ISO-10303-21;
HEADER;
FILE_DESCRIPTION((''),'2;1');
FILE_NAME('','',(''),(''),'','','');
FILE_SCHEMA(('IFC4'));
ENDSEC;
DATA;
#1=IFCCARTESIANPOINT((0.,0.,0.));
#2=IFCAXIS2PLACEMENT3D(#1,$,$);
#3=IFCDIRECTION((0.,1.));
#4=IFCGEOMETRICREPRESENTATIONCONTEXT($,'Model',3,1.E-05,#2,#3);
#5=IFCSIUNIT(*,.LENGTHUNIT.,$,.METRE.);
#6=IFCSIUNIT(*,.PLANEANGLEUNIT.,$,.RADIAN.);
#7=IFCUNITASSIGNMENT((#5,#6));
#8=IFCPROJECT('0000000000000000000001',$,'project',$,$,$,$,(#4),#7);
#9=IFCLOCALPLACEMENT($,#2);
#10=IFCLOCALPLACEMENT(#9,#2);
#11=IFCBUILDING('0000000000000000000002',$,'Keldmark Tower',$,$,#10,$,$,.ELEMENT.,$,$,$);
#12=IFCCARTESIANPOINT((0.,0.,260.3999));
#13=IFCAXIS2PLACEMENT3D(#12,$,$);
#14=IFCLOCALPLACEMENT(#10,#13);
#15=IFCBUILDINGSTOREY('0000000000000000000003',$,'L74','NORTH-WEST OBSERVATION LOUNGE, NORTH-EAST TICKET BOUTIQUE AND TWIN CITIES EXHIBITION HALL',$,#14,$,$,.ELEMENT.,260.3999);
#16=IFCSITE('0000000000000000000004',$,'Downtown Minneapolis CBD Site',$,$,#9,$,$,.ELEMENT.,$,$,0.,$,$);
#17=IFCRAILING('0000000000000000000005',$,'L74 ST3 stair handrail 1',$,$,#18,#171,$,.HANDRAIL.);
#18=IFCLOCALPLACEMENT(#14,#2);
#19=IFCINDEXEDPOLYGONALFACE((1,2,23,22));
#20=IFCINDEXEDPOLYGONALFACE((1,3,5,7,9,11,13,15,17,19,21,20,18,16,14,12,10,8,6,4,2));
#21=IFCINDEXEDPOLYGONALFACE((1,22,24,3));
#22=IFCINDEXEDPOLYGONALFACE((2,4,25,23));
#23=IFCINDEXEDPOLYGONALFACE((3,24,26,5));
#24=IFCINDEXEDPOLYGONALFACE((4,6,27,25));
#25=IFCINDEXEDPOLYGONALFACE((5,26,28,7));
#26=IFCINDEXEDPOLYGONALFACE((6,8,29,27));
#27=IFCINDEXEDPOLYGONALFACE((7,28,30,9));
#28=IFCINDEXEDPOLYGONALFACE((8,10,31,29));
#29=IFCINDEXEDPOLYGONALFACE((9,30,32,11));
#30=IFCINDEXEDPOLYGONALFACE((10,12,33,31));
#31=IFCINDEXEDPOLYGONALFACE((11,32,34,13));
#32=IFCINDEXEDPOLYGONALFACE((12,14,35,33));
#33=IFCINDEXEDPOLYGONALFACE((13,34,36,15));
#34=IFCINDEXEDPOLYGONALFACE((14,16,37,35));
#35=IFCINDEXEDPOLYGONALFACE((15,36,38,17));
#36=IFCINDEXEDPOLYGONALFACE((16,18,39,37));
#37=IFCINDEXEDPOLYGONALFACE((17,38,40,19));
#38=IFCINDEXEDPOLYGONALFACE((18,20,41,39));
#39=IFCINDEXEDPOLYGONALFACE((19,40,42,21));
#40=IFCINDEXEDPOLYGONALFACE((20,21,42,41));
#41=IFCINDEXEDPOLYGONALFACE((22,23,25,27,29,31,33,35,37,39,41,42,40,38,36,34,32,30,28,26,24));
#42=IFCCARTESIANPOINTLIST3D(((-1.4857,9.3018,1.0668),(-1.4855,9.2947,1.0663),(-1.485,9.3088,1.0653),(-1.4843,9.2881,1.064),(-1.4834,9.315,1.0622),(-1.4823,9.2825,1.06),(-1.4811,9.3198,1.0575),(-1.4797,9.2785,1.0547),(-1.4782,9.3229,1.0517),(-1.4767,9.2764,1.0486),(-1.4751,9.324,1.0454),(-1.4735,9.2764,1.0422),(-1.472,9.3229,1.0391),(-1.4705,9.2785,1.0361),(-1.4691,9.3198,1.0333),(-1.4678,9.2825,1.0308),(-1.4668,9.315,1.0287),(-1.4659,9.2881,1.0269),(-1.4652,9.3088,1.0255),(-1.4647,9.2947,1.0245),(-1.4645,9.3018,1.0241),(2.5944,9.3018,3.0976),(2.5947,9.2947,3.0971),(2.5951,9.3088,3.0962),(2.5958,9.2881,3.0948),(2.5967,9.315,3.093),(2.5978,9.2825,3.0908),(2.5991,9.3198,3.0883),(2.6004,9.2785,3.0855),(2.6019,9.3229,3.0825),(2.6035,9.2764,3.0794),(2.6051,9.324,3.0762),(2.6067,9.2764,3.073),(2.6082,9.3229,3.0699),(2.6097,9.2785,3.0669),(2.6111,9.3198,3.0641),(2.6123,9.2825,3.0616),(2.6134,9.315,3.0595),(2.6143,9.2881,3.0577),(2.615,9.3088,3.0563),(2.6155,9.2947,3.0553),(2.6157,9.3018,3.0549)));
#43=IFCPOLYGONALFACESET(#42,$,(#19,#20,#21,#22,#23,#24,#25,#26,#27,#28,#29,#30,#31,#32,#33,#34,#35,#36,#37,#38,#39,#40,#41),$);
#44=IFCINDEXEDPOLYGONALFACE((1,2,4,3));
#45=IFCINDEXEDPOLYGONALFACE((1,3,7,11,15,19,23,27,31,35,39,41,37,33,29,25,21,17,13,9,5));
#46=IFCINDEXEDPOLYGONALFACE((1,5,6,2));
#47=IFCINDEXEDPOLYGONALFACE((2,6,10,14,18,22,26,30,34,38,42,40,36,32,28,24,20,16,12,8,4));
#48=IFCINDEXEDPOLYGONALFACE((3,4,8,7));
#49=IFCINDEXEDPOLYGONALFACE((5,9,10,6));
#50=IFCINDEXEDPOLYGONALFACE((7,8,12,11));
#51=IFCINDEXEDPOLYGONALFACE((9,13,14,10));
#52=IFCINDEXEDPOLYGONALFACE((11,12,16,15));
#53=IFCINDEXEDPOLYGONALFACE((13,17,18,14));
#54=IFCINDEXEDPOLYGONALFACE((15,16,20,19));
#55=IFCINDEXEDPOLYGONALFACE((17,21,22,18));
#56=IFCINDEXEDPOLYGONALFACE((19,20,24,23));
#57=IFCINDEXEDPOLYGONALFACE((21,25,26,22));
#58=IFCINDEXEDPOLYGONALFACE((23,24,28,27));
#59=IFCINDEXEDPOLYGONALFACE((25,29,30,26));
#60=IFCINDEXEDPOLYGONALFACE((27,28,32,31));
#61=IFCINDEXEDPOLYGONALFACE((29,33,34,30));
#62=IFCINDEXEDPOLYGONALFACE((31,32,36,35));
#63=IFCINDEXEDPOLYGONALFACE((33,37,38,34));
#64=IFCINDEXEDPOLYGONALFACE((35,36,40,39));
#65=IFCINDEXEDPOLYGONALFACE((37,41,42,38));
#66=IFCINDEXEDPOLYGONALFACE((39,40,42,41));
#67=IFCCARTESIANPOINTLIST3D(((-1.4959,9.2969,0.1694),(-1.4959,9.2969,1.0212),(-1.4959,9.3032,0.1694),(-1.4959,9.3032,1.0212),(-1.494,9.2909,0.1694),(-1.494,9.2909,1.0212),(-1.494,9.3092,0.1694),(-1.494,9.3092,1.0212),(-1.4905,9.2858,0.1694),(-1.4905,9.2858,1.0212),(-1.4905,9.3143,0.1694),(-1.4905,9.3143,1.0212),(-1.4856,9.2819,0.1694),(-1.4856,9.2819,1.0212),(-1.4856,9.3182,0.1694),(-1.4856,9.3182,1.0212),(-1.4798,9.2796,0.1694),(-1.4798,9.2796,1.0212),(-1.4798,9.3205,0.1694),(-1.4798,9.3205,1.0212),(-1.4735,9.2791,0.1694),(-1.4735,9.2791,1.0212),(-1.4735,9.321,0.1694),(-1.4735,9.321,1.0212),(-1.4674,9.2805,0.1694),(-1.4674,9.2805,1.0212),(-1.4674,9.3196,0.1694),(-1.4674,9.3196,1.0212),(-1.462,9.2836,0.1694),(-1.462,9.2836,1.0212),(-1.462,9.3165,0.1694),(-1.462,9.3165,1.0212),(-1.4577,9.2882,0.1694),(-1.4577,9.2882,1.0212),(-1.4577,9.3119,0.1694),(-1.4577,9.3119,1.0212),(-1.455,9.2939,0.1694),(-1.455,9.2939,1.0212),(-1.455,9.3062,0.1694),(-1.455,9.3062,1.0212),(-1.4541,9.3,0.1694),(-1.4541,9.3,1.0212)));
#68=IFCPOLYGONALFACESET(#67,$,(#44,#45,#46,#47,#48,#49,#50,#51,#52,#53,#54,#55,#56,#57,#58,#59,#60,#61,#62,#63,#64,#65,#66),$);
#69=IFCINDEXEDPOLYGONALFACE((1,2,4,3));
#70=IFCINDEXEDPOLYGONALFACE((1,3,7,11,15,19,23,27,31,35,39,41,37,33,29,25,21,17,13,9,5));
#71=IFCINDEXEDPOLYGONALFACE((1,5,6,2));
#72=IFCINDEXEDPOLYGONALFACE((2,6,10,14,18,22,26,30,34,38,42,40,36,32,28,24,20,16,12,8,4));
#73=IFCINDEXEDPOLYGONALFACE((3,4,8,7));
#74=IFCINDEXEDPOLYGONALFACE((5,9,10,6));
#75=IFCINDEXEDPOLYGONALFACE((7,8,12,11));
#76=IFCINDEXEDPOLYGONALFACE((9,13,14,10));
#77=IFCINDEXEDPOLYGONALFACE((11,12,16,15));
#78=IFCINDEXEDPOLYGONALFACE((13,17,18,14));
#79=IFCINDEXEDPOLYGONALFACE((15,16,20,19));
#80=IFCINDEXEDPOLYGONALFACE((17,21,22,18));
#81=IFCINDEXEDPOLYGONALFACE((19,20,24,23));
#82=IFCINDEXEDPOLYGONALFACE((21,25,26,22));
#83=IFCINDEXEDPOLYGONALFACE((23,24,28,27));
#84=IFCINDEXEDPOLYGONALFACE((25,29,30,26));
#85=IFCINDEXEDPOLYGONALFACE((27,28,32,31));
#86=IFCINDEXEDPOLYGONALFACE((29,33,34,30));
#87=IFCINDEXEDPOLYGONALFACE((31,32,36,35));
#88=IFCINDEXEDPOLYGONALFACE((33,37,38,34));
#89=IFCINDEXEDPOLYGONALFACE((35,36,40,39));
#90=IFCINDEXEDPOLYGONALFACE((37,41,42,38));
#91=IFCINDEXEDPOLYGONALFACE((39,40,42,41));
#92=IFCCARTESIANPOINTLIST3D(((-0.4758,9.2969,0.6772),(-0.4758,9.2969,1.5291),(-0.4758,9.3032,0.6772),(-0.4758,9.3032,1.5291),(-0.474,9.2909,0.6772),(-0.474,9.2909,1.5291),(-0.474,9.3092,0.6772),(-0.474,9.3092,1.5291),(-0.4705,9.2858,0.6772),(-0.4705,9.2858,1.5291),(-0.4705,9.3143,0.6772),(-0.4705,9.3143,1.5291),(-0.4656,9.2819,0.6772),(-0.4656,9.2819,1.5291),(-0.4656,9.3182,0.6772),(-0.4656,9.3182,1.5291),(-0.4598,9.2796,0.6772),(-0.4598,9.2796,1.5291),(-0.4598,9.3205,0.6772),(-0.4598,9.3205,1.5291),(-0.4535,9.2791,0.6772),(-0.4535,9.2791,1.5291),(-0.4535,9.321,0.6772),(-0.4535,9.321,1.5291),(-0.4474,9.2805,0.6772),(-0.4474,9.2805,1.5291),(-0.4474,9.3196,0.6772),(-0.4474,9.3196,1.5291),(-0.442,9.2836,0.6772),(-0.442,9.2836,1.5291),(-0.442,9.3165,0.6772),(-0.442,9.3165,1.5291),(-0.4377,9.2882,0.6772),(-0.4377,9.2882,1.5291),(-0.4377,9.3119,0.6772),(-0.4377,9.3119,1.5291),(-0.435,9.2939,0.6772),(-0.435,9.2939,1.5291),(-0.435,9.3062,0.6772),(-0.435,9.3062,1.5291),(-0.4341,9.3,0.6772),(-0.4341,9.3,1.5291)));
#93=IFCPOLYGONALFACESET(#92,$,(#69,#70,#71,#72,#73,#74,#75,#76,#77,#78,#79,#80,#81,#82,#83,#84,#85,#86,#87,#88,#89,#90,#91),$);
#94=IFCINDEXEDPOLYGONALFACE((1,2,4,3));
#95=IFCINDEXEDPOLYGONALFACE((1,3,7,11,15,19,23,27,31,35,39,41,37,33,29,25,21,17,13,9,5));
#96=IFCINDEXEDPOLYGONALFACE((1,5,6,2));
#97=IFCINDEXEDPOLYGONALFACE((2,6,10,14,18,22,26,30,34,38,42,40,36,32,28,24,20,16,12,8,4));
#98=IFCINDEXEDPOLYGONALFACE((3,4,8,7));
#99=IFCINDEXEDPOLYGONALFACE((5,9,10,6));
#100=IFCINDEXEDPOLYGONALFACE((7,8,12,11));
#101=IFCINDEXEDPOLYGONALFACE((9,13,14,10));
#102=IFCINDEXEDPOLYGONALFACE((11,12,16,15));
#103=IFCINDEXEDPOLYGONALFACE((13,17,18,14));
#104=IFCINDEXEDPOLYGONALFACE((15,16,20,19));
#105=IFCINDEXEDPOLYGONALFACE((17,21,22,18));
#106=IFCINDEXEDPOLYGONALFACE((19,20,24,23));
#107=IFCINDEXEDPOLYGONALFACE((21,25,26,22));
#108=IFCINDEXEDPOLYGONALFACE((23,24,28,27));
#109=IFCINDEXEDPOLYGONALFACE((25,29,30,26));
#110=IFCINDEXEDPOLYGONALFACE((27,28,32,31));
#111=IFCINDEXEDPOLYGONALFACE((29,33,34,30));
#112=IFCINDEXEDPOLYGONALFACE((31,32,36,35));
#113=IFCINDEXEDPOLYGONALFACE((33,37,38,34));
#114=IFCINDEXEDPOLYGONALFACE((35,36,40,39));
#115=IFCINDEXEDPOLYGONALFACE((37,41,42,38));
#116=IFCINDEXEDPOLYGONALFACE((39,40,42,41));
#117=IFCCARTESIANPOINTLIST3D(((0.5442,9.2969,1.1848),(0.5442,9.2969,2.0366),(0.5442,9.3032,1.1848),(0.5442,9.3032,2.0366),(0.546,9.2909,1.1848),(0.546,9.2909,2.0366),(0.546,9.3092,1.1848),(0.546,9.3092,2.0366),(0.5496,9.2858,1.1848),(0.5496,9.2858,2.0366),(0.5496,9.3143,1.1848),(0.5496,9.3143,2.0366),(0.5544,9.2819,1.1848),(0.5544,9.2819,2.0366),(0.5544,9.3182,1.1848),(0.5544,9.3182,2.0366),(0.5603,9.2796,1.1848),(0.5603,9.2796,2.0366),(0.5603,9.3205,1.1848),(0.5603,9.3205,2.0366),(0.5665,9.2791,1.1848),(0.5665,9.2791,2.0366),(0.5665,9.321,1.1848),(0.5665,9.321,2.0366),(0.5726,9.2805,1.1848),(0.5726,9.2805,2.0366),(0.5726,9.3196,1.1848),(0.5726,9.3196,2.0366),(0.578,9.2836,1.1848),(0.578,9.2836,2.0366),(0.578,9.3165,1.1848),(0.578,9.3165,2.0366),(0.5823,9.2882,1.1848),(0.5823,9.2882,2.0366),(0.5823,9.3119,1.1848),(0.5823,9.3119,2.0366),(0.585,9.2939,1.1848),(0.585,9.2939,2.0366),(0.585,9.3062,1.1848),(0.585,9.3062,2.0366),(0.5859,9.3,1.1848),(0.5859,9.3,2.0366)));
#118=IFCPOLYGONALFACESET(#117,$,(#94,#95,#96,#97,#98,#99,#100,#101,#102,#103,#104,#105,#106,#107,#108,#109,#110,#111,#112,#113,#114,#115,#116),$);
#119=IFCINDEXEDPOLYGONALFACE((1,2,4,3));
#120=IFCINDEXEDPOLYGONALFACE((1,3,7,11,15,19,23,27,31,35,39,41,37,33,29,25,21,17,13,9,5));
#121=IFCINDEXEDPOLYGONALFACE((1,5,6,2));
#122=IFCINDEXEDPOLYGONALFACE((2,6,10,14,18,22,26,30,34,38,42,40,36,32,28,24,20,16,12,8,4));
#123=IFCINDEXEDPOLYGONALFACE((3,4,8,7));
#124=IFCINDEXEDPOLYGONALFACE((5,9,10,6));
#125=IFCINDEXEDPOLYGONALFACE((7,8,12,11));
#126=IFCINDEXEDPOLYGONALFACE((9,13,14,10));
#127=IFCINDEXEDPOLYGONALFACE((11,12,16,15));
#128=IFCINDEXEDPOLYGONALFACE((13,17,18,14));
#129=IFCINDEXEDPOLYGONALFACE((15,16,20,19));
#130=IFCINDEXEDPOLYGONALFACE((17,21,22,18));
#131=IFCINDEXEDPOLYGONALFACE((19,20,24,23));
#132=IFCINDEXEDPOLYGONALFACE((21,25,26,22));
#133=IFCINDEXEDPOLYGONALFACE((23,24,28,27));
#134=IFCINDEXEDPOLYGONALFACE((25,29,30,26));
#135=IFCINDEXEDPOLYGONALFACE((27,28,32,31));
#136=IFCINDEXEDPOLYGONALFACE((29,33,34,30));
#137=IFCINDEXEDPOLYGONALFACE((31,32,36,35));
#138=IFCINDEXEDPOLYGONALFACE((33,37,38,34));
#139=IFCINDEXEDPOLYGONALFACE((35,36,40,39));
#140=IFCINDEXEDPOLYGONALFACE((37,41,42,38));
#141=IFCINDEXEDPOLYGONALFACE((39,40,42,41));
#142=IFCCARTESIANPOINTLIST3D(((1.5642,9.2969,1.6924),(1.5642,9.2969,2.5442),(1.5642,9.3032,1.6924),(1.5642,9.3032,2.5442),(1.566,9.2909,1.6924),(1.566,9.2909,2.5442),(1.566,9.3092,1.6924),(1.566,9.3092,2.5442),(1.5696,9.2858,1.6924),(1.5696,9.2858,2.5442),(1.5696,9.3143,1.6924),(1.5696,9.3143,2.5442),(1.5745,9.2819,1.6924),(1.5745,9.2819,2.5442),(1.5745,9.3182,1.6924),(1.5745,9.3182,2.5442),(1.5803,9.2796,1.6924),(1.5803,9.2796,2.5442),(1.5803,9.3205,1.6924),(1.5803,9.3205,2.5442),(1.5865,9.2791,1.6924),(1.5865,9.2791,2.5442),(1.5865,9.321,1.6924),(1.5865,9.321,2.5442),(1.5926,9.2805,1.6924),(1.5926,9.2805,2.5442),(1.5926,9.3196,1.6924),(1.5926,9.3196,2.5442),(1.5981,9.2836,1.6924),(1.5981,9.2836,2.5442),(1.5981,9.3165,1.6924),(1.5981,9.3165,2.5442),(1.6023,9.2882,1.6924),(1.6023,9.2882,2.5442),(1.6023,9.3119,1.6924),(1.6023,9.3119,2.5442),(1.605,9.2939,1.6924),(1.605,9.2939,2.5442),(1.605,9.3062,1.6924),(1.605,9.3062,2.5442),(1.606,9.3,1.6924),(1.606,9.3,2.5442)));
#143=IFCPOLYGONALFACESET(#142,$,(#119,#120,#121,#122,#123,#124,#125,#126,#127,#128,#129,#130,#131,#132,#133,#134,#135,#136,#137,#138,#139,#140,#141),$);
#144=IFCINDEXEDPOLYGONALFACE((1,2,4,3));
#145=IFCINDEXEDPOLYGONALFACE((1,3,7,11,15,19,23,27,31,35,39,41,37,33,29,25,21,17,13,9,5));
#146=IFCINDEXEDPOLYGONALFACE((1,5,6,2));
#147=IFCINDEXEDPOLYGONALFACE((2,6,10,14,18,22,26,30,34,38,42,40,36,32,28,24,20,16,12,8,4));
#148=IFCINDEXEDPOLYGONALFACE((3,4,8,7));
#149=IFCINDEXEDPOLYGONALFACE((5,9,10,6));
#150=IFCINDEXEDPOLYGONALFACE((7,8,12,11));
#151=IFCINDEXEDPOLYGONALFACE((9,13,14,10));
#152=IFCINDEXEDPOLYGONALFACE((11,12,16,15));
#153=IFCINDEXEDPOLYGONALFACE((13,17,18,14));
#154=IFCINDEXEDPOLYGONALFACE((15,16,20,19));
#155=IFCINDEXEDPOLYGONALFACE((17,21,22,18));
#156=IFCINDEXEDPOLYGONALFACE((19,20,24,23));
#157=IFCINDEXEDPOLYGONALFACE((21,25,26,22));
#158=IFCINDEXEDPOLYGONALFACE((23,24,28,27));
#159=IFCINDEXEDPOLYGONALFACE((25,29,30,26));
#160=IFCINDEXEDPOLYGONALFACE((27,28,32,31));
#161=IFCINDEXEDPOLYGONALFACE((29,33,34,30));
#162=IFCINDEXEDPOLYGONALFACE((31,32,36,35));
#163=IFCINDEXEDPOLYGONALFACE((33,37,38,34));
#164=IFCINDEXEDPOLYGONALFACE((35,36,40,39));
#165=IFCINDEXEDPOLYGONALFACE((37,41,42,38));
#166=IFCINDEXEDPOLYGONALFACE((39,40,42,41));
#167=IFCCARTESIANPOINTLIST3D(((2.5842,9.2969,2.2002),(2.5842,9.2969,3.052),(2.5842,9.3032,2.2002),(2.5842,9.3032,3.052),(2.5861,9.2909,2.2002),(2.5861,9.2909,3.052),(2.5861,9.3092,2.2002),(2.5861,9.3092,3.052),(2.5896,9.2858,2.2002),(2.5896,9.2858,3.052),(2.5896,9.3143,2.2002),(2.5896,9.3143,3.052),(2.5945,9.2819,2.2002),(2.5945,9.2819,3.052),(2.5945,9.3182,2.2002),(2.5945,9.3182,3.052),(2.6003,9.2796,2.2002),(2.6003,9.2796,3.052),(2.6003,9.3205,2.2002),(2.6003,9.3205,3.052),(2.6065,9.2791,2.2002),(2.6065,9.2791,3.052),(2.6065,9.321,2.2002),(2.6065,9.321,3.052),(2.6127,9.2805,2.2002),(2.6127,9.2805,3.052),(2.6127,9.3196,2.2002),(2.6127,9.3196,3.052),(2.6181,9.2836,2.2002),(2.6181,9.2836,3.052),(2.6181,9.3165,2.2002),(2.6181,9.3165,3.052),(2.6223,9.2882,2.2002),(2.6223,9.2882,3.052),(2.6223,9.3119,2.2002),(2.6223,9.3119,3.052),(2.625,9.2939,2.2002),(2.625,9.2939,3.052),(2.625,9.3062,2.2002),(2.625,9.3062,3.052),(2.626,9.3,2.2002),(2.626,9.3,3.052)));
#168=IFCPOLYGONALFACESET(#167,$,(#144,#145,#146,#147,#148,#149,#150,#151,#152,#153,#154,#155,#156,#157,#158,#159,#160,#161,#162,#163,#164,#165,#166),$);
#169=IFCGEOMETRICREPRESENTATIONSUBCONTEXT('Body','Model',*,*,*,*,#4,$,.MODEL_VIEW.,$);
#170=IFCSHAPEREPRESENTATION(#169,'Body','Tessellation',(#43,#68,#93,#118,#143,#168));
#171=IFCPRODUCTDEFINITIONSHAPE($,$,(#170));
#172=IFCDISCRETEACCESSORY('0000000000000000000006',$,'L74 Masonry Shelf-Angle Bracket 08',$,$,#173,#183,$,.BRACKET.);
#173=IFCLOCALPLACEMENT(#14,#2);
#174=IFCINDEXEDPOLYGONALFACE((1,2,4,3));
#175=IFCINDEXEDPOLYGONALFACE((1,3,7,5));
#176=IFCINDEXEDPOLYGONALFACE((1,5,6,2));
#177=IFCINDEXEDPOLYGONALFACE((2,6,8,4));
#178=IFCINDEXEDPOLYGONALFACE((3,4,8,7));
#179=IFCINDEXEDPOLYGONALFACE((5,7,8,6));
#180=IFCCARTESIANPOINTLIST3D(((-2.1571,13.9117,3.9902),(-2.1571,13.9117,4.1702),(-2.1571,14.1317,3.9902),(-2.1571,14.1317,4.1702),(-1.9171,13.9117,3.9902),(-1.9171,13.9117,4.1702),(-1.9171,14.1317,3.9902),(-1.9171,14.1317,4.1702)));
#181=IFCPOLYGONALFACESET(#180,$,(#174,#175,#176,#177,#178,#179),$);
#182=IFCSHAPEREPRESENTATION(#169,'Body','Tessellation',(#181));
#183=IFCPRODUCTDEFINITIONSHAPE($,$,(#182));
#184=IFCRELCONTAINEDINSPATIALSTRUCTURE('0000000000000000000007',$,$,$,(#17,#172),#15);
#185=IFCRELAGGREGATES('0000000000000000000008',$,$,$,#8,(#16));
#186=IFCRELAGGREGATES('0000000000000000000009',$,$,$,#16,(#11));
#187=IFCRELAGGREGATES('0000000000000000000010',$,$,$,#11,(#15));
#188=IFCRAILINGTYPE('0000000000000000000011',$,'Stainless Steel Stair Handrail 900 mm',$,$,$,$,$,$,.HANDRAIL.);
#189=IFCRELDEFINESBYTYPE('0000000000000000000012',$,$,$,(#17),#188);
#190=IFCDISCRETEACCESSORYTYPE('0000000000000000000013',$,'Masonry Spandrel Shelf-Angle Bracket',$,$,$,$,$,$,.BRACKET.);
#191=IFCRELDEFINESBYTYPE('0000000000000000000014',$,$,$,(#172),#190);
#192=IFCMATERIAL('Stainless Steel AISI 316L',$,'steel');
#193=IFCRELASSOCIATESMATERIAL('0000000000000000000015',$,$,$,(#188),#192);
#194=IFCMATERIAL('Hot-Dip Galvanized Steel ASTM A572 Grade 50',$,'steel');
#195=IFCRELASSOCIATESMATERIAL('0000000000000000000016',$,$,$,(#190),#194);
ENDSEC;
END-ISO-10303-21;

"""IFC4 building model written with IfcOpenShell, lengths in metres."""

from ifc_helpers import new_model, si_unit, direction, frame, origin, origin_2d, place, context, subcontext, project, spatial, rectangle, circle, extrude, material, type_object, element, save


model = new_model("IFC4")

# Units and contexts
model_context = context("Model", 3, precision=1e-05, world=origin(), true_north=direction((0.0, 1.0)))
body_context = subcontext(model_context, "Body", "Model", "MODEL_VIEW")
ifc_project = project(units=[si_unit("LENGTHUNIT", "METRE"), si_unit("PLANEANGLEUNIT", "RADIAN")], contexts=[model_context])

# Site, building, storey
site_placement = place(None, origin())
site = spatial("IfcSite", under=ifc_project, at=site_placement, Name="Downtown Minneapolis CBD Site", CompositionType="ELEMENT", RefElevation=0.0)
building_placement = place(site_placement, origin())
building = spatial("IfcBuilding", under=site, at=building_placement, Name="Keldmark Tower", CompositionType="ELEMENT")
storey_placement = place(building_placement, frame((0.0, 0.0, 260.3999)))
storey = spatial("IfcBuildingStorey", under=building, at=storey_placement, Name="L74", Description="NORTH-WEST OBSERVATION LOUNGE, NORTH-EAST TICKET BOUTIQUE AND TWIN CITIES EXHIBITION HALL", CompositionType="ELEMENT", Elevation=260.3999)

# Railing
ifc_material_1 = material(Name="Stainless Steel AISI 316L", Category="steel")
railing_type_1 = type_object("IfcRailingType", Name="Stainless Steel Stair Handrail 900 mm", PredefinedType="HANDRAIL", material=ifc_material_1)
railing_1_placement = place(storey_placement, frame((-1.4751, 9.3, 0.1694)))
element("IfcRailing", 1, at=railing_1_placement, inside=storey, type_object=railing_type_1, Name="L74 ST3 stair handrail 1", PredefinedType="HANDRAIL", context=body_context, shape_type="SweptSolid", body=[
    extrude(circle(Radius=0.0239, at=origin_2d()), frame((0.0, 0.0, 0.876), z_axis=(0.89524, 0.0, 0.445584), x_axis=(0.0, 1.0, 0.0)), (0.0, 0.0, 1.0), 4.5576),
    extrude(circle(Radius=0.021, at=origin_2d()), origin(), (0.0, 0.0, 1.0), 0.8518),
    extrude(circle(Radius=0.021, at=origin_2d()), frame((1.02, 0.0, 0.5078)), (0.0, 0.0, 1.0), 0.8518),
    extrude(circle(Radius=0.021, at=origin_2d()), frame((2.04, 0.0, 1.0154)), (0.0, 0.0, 1.0), 0.8518),
    extrude(circle(Radius=0.021, at=origin_2d()), frame((3.0601, 0.0, 1.5229)), (0.0, 0.0, 1.0), 0.8518),
    extrude(circle(Radius=0.021, at=origin_2d()), frame((4.0801, 0.0, 2.0308)), (0.0, 0.0, 1.0), 0.8518),
])

# Discrete accessory
ifc_material_2 = material(Name="Hot-Dip Galvanized Steel ASTM A572 Grade 50", Category="steel")
discrete_accessory_type = type_object("IfcDiscreteAccessoryType", Name="Masonry Spandrel Shelf-Angle Bracket", PredefinedType="BRACKET", material=ifc_material_2)
discrete_accessory_placement = place(storey_placement, frame((-2.0371, 14.0217, 3.9902), z_axis=(0.0, 0.0, 1.0), x_axis=(1.0, 0.0, 0.0)))
element("IfcDiscreteAccessory", 2, at=discrete_accessory_placement, inside=storey, type_object=discrete_accessory_type, Name="L74 Masonry Shelf-Angle Bracket 08", PredefinedType="BRACKET", context=body_context, shape_type="SweptSolid", body=[
    extrude(rectangle(XDim=0.24, YDim=0.22, at=origin_2d()), origin(), (0.0, 0.0, 1.0), 0.1799),
])

save(model, "model.ifc")
